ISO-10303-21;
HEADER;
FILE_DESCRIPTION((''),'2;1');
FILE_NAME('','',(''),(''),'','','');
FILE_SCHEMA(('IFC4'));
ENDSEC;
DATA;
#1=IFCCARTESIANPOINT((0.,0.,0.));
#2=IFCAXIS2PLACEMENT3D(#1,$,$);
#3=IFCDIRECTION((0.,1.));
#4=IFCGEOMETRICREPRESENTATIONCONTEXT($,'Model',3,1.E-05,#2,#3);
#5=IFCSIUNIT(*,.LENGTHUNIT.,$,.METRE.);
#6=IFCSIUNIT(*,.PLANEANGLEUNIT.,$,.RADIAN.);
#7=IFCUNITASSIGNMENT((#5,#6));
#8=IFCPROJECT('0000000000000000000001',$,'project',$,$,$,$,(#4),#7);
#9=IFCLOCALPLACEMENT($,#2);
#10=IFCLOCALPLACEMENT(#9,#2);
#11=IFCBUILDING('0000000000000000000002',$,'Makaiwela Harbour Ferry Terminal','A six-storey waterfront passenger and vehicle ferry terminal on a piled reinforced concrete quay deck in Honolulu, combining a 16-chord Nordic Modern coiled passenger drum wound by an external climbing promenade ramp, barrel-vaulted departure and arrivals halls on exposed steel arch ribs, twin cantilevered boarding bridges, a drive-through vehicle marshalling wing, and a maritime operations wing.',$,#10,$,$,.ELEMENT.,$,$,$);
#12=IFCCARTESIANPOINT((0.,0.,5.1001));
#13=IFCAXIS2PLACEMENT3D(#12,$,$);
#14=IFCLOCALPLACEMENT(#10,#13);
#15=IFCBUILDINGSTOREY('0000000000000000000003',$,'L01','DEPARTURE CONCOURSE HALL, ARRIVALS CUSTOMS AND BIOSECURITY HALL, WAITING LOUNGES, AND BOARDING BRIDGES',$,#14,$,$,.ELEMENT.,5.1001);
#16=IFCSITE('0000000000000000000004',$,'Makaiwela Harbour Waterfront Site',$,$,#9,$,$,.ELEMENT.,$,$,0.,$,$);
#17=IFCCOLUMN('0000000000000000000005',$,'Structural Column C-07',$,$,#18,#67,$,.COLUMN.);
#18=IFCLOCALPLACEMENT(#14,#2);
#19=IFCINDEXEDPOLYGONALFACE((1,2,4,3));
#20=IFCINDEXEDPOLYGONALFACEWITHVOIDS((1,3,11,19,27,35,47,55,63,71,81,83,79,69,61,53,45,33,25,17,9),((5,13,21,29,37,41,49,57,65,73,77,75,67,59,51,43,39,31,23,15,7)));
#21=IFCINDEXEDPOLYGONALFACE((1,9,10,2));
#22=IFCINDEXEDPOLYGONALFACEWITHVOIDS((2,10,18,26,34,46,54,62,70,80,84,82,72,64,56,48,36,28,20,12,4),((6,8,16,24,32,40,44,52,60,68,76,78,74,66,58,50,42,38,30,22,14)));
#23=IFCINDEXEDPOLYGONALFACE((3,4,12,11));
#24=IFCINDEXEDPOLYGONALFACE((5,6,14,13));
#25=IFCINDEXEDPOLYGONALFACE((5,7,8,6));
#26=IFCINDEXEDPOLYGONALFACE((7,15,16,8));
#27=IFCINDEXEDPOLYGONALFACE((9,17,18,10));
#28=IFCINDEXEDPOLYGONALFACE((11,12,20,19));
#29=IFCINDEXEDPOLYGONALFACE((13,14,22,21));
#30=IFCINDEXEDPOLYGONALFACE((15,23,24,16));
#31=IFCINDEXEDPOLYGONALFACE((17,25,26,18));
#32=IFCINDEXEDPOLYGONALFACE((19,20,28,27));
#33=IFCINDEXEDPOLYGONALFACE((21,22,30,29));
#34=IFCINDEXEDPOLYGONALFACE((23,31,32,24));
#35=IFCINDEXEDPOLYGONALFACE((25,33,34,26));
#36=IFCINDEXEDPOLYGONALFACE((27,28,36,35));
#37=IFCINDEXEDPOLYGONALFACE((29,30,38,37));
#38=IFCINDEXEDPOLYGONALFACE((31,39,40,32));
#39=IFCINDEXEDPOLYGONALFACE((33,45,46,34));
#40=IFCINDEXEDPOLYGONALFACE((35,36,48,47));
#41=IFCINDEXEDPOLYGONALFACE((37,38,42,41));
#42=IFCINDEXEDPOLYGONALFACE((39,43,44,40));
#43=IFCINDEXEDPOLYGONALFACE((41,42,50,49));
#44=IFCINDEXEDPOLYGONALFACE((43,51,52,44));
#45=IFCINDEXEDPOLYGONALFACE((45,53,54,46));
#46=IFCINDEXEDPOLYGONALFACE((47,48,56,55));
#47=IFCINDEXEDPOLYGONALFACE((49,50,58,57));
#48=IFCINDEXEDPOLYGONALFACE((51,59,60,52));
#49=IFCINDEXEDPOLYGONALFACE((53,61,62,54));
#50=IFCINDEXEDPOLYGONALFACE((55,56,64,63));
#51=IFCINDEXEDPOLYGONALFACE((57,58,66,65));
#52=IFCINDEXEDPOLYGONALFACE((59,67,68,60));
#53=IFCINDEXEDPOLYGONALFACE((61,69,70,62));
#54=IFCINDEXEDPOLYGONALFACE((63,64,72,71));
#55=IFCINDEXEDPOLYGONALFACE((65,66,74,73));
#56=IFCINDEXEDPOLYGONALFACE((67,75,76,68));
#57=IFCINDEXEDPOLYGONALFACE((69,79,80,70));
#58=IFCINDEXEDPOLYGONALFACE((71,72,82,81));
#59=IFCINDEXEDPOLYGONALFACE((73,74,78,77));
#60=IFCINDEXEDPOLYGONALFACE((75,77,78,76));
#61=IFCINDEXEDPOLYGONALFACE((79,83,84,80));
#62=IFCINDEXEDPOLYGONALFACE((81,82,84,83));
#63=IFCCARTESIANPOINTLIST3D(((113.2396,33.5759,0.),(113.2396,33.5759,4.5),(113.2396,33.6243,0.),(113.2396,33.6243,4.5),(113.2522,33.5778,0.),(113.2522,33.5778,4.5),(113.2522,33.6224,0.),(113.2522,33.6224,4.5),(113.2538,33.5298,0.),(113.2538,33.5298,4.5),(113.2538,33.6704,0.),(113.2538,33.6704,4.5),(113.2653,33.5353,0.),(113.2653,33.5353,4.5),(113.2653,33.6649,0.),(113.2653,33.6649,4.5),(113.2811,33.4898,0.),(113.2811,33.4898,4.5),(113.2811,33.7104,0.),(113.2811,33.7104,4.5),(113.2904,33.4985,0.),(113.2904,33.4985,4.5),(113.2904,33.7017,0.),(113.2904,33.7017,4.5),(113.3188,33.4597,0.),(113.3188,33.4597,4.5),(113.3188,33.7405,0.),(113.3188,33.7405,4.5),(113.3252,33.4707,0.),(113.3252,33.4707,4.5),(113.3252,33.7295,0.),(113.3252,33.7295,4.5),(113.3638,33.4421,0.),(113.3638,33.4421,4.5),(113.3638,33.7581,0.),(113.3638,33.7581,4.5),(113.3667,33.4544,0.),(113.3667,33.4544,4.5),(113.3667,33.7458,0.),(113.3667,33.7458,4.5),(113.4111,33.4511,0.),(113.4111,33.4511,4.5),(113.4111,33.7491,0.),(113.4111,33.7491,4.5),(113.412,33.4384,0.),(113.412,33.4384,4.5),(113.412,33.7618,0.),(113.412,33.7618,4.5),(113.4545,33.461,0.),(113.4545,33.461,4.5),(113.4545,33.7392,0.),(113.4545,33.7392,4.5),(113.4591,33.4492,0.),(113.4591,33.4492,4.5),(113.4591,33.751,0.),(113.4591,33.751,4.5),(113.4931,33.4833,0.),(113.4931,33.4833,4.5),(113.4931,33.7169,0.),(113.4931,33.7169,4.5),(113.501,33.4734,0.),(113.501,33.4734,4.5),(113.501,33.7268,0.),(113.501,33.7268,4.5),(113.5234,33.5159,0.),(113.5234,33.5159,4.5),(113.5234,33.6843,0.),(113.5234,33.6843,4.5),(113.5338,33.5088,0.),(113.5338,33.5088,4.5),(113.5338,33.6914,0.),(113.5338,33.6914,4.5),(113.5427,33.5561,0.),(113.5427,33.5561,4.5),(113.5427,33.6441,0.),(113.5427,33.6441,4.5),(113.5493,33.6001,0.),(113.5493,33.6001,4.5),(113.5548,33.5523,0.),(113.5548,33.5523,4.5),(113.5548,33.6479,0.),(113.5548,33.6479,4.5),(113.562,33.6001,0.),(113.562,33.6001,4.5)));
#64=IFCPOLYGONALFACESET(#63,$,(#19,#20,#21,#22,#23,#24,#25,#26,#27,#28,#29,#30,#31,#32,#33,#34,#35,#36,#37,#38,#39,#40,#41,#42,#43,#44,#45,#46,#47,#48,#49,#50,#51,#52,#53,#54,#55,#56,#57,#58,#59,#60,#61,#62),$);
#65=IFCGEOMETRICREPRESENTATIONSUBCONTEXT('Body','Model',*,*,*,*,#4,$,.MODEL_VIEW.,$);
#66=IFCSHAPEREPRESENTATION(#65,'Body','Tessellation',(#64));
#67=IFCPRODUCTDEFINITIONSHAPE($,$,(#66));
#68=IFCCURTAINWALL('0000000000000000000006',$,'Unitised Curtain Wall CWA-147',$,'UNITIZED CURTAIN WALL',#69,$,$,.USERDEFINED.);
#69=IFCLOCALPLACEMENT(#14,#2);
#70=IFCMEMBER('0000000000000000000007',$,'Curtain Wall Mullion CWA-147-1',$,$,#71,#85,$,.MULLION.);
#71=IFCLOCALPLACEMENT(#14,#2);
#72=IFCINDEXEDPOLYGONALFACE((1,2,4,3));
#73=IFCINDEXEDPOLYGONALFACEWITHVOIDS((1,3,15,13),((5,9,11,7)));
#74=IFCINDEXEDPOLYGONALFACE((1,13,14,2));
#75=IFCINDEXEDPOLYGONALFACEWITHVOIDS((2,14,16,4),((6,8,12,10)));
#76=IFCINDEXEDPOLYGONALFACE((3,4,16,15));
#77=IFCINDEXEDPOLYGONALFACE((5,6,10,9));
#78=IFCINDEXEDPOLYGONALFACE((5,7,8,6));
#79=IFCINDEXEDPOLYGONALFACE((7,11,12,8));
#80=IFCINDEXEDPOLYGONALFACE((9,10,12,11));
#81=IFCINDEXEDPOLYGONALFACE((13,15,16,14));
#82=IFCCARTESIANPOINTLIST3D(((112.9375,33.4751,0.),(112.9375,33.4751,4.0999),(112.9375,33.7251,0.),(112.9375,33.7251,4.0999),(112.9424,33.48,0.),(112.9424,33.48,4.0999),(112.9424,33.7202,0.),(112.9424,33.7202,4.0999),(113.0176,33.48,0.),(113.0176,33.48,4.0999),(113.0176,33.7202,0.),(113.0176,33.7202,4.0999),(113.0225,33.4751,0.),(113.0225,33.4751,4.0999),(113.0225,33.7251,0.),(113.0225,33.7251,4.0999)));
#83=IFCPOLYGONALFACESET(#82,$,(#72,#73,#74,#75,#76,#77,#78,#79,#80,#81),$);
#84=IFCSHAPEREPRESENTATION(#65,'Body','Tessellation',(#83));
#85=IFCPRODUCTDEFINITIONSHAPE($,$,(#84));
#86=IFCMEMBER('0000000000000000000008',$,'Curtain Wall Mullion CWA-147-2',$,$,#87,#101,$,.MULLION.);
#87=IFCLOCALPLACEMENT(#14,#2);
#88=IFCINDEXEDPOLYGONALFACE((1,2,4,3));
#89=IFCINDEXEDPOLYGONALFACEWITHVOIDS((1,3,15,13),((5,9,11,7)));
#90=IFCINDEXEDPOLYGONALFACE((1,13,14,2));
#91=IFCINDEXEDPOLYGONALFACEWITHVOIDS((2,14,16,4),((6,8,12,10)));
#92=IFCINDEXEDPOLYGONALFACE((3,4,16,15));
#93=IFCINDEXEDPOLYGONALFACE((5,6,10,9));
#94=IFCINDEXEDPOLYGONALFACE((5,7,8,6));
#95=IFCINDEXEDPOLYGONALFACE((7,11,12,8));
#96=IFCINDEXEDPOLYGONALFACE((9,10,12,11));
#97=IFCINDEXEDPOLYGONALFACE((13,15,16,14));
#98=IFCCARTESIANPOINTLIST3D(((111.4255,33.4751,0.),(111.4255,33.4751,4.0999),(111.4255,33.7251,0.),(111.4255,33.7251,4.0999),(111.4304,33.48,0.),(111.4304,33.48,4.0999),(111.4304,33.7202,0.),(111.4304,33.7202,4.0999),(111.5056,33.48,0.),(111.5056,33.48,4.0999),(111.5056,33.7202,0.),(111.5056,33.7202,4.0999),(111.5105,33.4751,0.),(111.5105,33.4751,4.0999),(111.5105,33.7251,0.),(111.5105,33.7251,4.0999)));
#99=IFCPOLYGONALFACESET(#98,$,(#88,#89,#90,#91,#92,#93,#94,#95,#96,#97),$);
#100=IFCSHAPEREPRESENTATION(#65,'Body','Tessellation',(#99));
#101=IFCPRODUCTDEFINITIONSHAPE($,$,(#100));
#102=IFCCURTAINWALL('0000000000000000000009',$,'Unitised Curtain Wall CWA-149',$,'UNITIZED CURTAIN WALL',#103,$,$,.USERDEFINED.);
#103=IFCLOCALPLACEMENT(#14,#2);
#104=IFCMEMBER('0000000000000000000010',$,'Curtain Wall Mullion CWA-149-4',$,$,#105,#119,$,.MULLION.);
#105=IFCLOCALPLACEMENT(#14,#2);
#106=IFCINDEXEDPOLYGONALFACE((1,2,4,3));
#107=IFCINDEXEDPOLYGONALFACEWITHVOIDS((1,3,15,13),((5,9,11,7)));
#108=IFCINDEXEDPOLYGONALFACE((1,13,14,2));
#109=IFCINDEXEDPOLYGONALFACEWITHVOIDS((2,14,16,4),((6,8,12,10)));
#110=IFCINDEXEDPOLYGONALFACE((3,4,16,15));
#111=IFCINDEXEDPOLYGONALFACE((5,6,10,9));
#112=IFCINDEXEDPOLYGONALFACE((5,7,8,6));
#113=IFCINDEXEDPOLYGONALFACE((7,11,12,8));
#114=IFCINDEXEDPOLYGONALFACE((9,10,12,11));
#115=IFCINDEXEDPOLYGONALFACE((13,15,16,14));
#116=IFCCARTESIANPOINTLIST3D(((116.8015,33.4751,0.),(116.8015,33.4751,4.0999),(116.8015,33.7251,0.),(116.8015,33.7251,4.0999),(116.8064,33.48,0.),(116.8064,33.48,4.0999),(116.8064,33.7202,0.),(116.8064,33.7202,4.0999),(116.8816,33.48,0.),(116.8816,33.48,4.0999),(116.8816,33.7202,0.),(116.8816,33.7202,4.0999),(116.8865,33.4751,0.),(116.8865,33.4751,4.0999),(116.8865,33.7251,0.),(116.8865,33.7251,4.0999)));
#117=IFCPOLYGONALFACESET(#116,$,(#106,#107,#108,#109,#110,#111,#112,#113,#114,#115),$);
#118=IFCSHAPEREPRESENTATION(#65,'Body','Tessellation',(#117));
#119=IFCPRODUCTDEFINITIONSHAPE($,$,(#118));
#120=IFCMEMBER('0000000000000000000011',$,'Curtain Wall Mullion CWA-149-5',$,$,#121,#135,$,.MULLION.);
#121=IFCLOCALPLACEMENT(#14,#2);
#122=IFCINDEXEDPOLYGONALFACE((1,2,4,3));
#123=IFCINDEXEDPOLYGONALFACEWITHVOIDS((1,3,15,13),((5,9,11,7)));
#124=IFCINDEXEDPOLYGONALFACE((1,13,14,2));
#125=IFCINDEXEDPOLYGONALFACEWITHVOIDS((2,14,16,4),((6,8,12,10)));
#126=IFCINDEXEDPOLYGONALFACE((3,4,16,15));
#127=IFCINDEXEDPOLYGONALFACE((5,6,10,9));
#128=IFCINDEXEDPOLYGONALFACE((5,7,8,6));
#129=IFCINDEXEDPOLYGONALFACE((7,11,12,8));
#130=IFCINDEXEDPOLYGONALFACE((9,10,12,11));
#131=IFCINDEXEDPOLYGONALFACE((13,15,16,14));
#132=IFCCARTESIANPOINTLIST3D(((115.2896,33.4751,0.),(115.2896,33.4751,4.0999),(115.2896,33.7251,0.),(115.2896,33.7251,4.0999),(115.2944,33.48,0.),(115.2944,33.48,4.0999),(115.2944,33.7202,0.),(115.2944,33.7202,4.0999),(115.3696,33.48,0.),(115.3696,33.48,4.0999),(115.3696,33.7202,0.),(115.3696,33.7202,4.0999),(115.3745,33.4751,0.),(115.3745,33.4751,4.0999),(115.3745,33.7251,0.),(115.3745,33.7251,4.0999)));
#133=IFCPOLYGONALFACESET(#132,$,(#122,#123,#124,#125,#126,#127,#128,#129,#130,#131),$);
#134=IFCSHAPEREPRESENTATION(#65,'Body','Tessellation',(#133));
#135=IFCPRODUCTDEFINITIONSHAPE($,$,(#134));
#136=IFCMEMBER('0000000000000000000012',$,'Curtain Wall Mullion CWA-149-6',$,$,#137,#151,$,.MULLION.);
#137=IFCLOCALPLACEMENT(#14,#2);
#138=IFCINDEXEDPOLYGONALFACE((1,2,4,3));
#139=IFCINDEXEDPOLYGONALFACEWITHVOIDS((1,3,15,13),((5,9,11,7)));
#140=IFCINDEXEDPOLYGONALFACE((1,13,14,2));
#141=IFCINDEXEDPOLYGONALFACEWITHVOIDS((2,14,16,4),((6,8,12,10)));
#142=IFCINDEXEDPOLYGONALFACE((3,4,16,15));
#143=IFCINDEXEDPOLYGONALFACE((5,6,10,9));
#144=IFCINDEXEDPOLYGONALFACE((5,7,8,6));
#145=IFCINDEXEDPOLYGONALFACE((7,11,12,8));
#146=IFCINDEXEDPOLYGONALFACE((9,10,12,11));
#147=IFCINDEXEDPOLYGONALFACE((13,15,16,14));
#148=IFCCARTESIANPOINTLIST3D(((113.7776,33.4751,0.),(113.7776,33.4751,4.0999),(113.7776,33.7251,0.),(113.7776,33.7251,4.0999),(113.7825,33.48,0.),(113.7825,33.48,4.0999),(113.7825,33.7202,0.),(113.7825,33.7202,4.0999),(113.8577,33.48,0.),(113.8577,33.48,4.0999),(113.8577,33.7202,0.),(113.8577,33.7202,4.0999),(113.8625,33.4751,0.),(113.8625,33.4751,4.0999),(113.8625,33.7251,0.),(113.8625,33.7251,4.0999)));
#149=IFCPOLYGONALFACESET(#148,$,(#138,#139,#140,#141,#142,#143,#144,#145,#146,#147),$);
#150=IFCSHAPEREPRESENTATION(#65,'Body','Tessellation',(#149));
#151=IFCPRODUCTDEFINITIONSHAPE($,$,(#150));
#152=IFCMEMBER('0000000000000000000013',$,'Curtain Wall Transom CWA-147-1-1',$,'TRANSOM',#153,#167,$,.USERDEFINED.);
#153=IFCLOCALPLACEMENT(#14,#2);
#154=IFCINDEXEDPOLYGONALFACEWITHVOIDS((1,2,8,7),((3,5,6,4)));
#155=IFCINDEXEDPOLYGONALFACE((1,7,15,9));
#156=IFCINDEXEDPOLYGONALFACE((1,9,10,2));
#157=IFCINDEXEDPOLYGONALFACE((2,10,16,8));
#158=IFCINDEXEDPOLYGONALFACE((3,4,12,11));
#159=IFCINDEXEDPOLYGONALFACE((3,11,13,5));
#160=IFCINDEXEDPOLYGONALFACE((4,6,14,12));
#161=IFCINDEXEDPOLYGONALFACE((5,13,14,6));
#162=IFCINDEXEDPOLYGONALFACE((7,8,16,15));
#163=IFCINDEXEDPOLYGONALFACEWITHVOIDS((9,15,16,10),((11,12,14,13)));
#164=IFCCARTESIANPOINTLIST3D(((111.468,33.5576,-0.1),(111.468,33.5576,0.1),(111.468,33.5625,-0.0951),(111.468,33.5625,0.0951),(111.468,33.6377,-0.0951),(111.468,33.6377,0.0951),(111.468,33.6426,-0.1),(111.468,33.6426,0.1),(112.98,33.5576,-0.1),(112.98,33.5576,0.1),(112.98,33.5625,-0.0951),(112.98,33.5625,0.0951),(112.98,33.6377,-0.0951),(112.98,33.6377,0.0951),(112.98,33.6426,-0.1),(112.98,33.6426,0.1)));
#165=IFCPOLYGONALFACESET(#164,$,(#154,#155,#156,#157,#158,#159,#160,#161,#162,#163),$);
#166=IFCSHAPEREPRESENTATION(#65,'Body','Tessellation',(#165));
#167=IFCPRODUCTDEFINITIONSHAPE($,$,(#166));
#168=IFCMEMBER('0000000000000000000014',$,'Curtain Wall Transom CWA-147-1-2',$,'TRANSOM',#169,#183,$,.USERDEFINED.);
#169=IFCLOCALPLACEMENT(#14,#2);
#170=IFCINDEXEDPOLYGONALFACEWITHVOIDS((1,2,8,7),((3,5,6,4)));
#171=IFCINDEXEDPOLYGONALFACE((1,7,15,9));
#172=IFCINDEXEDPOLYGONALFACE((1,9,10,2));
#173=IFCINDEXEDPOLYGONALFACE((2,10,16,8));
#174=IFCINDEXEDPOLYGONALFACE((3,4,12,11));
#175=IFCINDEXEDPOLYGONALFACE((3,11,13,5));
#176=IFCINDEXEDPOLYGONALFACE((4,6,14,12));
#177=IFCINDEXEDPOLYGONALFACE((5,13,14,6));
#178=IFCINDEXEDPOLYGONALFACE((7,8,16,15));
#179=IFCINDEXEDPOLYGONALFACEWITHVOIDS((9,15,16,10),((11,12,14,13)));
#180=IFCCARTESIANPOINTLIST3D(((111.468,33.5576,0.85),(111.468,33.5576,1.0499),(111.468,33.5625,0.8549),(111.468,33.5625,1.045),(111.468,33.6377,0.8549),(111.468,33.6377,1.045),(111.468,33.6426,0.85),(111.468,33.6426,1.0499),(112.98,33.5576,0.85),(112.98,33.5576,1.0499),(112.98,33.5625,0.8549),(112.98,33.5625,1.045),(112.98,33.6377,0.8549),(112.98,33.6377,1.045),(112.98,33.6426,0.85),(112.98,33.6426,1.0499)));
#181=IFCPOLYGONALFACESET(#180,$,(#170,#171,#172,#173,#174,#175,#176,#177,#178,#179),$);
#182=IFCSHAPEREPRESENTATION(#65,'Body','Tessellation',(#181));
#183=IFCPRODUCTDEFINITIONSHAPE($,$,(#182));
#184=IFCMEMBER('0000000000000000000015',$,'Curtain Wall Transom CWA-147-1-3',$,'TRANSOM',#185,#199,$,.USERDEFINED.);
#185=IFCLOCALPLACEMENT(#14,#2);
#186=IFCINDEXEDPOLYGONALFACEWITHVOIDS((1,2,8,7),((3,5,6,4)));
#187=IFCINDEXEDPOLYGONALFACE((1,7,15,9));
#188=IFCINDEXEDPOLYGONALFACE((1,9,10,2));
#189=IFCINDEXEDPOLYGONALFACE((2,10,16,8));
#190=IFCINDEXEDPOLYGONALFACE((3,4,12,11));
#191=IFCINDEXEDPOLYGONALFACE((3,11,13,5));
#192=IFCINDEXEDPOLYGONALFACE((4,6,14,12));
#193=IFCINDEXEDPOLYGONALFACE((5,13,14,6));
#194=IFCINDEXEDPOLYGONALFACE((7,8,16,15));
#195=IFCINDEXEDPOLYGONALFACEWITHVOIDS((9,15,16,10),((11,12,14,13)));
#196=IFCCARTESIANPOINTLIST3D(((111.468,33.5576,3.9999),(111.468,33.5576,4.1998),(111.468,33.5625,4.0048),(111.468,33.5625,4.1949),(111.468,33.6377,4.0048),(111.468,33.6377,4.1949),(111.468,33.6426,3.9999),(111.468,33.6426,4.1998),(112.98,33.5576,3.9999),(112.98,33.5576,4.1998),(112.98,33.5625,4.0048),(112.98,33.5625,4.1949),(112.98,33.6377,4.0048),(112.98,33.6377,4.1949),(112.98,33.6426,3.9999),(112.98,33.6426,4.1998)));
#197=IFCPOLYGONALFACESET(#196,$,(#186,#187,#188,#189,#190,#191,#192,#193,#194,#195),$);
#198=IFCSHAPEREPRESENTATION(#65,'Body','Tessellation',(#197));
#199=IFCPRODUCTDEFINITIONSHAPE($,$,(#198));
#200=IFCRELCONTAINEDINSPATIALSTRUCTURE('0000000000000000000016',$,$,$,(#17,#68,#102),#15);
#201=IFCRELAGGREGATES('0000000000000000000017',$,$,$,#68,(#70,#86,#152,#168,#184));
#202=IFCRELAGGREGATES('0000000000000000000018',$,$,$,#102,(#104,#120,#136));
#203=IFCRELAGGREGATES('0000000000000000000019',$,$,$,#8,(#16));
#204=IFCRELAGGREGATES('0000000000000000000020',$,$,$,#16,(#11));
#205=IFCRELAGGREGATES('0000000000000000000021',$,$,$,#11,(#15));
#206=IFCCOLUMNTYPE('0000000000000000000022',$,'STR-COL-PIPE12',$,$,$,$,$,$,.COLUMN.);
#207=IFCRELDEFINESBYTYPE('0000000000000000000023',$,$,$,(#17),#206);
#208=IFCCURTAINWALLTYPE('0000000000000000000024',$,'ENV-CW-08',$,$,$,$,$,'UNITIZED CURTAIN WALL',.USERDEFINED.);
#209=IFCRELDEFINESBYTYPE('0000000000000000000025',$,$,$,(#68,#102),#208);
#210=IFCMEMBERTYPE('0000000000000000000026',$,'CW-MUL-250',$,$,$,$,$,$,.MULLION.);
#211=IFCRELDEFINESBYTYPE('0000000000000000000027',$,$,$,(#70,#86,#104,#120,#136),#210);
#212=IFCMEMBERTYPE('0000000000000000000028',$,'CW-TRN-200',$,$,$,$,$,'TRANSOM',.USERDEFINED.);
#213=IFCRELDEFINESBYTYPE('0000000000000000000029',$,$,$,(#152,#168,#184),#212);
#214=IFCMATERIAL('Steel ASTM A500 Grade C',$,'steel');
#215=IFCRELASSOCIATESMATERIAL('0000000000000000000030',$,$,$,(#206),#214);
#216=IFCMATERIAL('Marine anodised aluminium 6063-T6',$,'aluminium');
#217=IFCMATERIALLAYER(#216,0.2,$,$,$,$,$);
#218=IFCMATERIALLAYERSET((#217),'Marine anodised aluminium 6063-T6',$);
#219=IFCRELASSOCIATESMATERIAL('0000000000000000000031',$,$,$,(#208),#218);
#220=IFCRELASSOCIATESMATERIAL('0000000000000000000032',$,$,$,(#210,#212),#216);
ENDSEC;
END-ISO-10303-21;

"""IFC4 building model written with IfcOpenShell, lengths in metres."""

from ifc_helpers import new_model, si_unit, direction, frame, origin, origin_2d, place, context, subcontext, project, spatial, hollow_rectangle, hollow_circle, extrude, material, layer, layer_set, material_profile, profile_set, type_object, element, aggregate, save


model = new_model("IFC4")

# Units and contexts
model_context = context("Model", 3, precision=1e-05, world=origin(), true_north=direction((0.0, 1.0)))
body_context = subcontext(model_context, "Body", "Model", "MODEL_VIEW")
ifc_project = project(units=[si_unit("LENGTHUNIT", "METRE"), si_unit("PLANEANGLEUNIT", "RADIAN")], contexts=[model_context])

# Site, building, storey
site_placement = place(None, origin())
site = spatial("IfcSite", under=ifc_project, at=site_placement, Name="Makaiwela Harbour Waterfront Site", CompositionType="ELEMENT", RefElevation=0.0)
building_placement = place(site_placement, origin())
building = spatial("IfcBuilding", under=site, at=building_placement, Name="Makaiwela Harbour Ferry Terminal", Description="A six-storey waterfront passenger and vehicle ferry terminal on a piled reinforced concrete quay deck in Honolulu, combining a 16-chord Nordic Modern coiled passenger drum wound by an external climbing promenade ramp, barrel-vaulted departure and arrivals halls on exposed steel arch ribs, twin cantilevered boarding bridges, a drive-through vehicle marshalling wing, and a maritime operations wing.", CompositionType="ELEMENT")
storey_placement = place(building_placement, frame((0.0, 0.0, 5.1001)))
storey = spatial("IfcBuildingStorey", under=building, at=storey_placement, Name="L01", Description="DEPARTURE CONCOURSE HALL, ARRIVALS CUSTOMS AND BIOSECURITY HALL, WAITING LOUNGES, AND BOARDING BRIDGES", CompositionType="ELEMENT", Elevation=5.1001)

# Column
ifc_material_1 = material(Name="Steel ASTM A500 Grade C", Category="steel")
ifc_material_profile_1 = material_profile(ifc_material_1, hollow_circle(Radius=0.1621, WallThickness=0.0127, at=origin_2d()), Name="PIPE12XS")
ifc_profile_set_1 = profile_set([ifc_material_profile_1], Name="Steel ASTM A500 Grade C")
column_type = type_object("IfcColumnType", Name="STR-COL-PIPE12", PredefinedType="COLUMN", material=ifc_profile_set_1)
column_placement = place(storey_placement, frame((113.3999, 33.6001, 0.0), z_axis=(0.0, 0.0, 1.0), x_axis=(1.0, 0.0, 0.0)))
element("IfcColumn", 1, at=column_placement, inside=storey, type_object=column_type, Name="Structural Column C-07", PredefinedType="COLUMN", context=body_context, shape_type="SweptSolid", body=[
    extrude(hollow_circle(Radius=0.1621, WallThickness=0.0127, at=origin_2d()), origin(), (0.0, 0.0, 1.0), 4.5),
])

# Curtain walls, members
ifc_material_2 = material(Name="Marine anodised aluminium 6063-T6", Category="aluminium")
ifc_layer_1 = layer(ifc_material_2, 0.2)
ifc_layer_set_1 = layer_set([ifc_layer_1], Name="Marine anodised aluminium 6063-T6")
curtain_wall_type = type_object("IfcCurtainWallType", Name="ENV-CW-08", ElementType="UNITIZED CURTAIN WALL", PredefinedType="USERDEFINED", material=ifc_layer_set_1)
curtain_wall_1_placement = place(storey_placement, origin())
curtain_wall_1 = element("IfcCurtainWall", 2, at=curtain_wall_1_placement, inside=storey, type_object=curtain_wall_type, Name="Unitised Curtain Wall CWA-147", ObjectType="UNITIZED CURTAIN WALL", PredefinedType="USERDEFINED")
ifc_material_profile_2 = material_profile(ifc_material_2, hollow_rectangle(XDim=0.085, YDim=0.25, WallThickness=0.0049, at=origin_2d()), Name="CWM-250X85")
ifc_profile_set_2 = profile_set([ifc_material_profile_2], Name="Marine anodised aluminium 6063-T6")
member_type_1 = type_object("IfcMemberType", Name="CW-MUL-250", PredefinedType="MULLION", material=ifc_profile_set_2)
member_1_placement = place(storey_placement, frame((112.98, 33.6001, 0.0), z_axis=(0.0, 0.0, 1.0), x_axis=(1.0, 0.0, 0.0)))
member_1 = element("IfcMember", 3, at=member_1_placement, type_object=member_type_1, Name="Curtain Wall Mullion CWA-147-1", PredefinedType="MULLION", context=body_context, shape_type="SweptSolid", body=[
    extrude(hollow_rectangle(XDim=0.085, YDim=0.25, WallThickness=0.0049, at=origin_2d()), origin(), (0.0, 0.0, 1.0), 4.0999),
])
member_2_placement = place(storey_placement, frame((111.468, 33.6001, 0.0), z_axis=(0.0, 0.0, 1.0), x_axis=(1.0, 0.0, 0.0)))
member_2 = element("IfcMember", 4, at=member_2_placement, type_object=member_type_1, Name="Curtain Wall Mullion CWA-147-2", PredefinedType="MULLION", context=body_context, shape_type="SweptSolid", body=[
    extrude(hollow_rectangle(XDim=0.085, YDim=0.25, WallThickness=0.0049, at=origin_2d()), origin(), (0.0, 0.0, 1.0), 4.0999),
])
curtain_wall_2_placement = place(storey_placement, origin())
curtain_wall_2 = element("IfcCurtainWall", 5, at=curtain_wall_2_placement, inside=storey, type_object=curtain_wall_type, Name="Unitised Curtain Wall CWA-149", ObjectType="UNITIZED CURTAIN WALL", PredefinedType="USERDEFINED")
member_3_placement = place(storey_placement, frame((116.844, 33.6001, 0.0), z_axis=(0.0, 0.0, 1.0), x_axis=(1.0, 0.0, 0.0)))
member_3 = element("IfcMember", 6, at=member_3_placement, type_object=member_type_1, Name="Curtain Wall Mullion CWA-149-4", PredefinedType="MULLION", context=body_context, shape_type="SweptSolid", body=[
    extrude(hollow_rectangle(XDim=0.085, YDim=0.25, WallThickness=0.0049, at=origin_2d()), origin(), (0.0, 0.0, 1.0), 4.0999),
])
member_4_placement = place(storey_placement, frame((115.332, 33.6001, 0.0), z_axis=(0.0, 0.0, 1.0), x_axis=(1.0, 0.0, 0.0)))
member_4 = element("IfcMember", 7, at=member_4_placement, type_object=member_type_1, Name="Curtain Wall Mullion CWA-149-5", PredefinedType="MULLION", context=body_context, shape_type="SweptSolid", body=[
    extrude(hollow_rectangle(XDim=0.085, YDim=0.25, WallThickness=0.0049, at=origin_2d()), origin(), (0.0, 0.0, 1.0), 4.0999),
])
member_5_placement = place(storey_placement, frame((113.8201, 33.6001, 0.0), z_axis=(0.0, 0.0, 1.0), x_axis=(1.0, 0.0, 0.0)))
member_5 = element("IfcMember", 8, at=member_5_placement, type_object=member_type_1, Name="Curtain Wall Mullion CWA-149-6", PredefinedType="MULLION", context=body_context, shape_type="SweptSolid", body=[
    extrude(hollow_rectangle(XDim=0.085, YDim=0.25, WallThickness=0.0049, at=origin_2d()), origin(), (0.0, 0.0, 1.0), 4.0999),
])

# Members
ifc_material_profile_3 = material_profile(ifc_material_2, hollow_rectangle(XDim=0.085, YDim=0.2, WallThickness=0.0049, at=origin_2d()), Name="CWT-200X85")
ifc_profile_set_3 = profile_set([ifc_material_profile_3], Name="Marine anodised aluminium 6063-T6")
member_type_2 = type_object("IfcMemberType", Name="CW-TRN-200", ElementType="TRANSOM", PredefinedType="USERDEFINED", material=ifc_profile_set_3)
member_6_placement = place(storey_placement, frame((112.98, 33.6001, 0.0), z_axis=(-1.0, 0.0, 0.0), x_axis=(0.0, -1.0, 0.0)))
member_6 = element("IfcMember", 9, at=member_6_placement, type_object=member_type_2, Name="Curtain Wall Transom CWA-147-1-1", ObjectType="TRANSOM", PredefinedType="USERDEFINED", context=body_context, shape_type="SweptSolid", body=[
    extrude(hollow_rectangle(XDim=0.085, YDim=0.2, WallThickness=0.0049, at=origin_2d()), origin(), (0.0, 0.0, 1.0), 1.512),
])
member_7_placement = place(storey_placement, frame((112.98, 33.6001, 0.95), z_axis=(-1.0, 0.0, 0.0), x_axis=(0.0, -1.0, 0.0)))
member_7 = element("IfcMember", 10, at=member_7_placement, type_object=member_type_2, Name="Curtain Wall Transom CWA-147-1-2", ObjectType="TRANSOM", PredefinedType="USERDEFINED", context=body_context, shape_type="SweptSolid", body=[
    extrude(hollow_rectangle(XDim=0.085, YDim=0.2, WallThickness=0.0049, at=origin_2d()), origin(), (0.0, 0.0, 1.0), 1.512),
])
member_8_placement = place(storey_placement, frame((112.98, 33.6001, 4.0999), z_axis=(-1.0, 0.0, 0.0), x_axis=(0.0, -1.0, 0.0)))
member_8 = element("IfcMember", 11, at=member_8_placement, type_object=member_type_2, Name="Curtain Wall Transom CWA-147-1-3", ObjectType="TRANSOM", PredefinedType="USERDEFINED", context=body_context, shape_type="SweptSolid", body=[
    extrude(hollow_rectangle(XDim=0.085, YDim=0.2, WallThickness=0.0049, at=origin_2d()), origin(), (0.0, 0.0, 1.0), 1.512),
])

aggregate(curtain_wall_1, [member_1, member_2, member_6, member_7, member_8])
aggregate(curtain_wall_2, [member_3, member_4, member_5])

save(model, "model.ifc")
